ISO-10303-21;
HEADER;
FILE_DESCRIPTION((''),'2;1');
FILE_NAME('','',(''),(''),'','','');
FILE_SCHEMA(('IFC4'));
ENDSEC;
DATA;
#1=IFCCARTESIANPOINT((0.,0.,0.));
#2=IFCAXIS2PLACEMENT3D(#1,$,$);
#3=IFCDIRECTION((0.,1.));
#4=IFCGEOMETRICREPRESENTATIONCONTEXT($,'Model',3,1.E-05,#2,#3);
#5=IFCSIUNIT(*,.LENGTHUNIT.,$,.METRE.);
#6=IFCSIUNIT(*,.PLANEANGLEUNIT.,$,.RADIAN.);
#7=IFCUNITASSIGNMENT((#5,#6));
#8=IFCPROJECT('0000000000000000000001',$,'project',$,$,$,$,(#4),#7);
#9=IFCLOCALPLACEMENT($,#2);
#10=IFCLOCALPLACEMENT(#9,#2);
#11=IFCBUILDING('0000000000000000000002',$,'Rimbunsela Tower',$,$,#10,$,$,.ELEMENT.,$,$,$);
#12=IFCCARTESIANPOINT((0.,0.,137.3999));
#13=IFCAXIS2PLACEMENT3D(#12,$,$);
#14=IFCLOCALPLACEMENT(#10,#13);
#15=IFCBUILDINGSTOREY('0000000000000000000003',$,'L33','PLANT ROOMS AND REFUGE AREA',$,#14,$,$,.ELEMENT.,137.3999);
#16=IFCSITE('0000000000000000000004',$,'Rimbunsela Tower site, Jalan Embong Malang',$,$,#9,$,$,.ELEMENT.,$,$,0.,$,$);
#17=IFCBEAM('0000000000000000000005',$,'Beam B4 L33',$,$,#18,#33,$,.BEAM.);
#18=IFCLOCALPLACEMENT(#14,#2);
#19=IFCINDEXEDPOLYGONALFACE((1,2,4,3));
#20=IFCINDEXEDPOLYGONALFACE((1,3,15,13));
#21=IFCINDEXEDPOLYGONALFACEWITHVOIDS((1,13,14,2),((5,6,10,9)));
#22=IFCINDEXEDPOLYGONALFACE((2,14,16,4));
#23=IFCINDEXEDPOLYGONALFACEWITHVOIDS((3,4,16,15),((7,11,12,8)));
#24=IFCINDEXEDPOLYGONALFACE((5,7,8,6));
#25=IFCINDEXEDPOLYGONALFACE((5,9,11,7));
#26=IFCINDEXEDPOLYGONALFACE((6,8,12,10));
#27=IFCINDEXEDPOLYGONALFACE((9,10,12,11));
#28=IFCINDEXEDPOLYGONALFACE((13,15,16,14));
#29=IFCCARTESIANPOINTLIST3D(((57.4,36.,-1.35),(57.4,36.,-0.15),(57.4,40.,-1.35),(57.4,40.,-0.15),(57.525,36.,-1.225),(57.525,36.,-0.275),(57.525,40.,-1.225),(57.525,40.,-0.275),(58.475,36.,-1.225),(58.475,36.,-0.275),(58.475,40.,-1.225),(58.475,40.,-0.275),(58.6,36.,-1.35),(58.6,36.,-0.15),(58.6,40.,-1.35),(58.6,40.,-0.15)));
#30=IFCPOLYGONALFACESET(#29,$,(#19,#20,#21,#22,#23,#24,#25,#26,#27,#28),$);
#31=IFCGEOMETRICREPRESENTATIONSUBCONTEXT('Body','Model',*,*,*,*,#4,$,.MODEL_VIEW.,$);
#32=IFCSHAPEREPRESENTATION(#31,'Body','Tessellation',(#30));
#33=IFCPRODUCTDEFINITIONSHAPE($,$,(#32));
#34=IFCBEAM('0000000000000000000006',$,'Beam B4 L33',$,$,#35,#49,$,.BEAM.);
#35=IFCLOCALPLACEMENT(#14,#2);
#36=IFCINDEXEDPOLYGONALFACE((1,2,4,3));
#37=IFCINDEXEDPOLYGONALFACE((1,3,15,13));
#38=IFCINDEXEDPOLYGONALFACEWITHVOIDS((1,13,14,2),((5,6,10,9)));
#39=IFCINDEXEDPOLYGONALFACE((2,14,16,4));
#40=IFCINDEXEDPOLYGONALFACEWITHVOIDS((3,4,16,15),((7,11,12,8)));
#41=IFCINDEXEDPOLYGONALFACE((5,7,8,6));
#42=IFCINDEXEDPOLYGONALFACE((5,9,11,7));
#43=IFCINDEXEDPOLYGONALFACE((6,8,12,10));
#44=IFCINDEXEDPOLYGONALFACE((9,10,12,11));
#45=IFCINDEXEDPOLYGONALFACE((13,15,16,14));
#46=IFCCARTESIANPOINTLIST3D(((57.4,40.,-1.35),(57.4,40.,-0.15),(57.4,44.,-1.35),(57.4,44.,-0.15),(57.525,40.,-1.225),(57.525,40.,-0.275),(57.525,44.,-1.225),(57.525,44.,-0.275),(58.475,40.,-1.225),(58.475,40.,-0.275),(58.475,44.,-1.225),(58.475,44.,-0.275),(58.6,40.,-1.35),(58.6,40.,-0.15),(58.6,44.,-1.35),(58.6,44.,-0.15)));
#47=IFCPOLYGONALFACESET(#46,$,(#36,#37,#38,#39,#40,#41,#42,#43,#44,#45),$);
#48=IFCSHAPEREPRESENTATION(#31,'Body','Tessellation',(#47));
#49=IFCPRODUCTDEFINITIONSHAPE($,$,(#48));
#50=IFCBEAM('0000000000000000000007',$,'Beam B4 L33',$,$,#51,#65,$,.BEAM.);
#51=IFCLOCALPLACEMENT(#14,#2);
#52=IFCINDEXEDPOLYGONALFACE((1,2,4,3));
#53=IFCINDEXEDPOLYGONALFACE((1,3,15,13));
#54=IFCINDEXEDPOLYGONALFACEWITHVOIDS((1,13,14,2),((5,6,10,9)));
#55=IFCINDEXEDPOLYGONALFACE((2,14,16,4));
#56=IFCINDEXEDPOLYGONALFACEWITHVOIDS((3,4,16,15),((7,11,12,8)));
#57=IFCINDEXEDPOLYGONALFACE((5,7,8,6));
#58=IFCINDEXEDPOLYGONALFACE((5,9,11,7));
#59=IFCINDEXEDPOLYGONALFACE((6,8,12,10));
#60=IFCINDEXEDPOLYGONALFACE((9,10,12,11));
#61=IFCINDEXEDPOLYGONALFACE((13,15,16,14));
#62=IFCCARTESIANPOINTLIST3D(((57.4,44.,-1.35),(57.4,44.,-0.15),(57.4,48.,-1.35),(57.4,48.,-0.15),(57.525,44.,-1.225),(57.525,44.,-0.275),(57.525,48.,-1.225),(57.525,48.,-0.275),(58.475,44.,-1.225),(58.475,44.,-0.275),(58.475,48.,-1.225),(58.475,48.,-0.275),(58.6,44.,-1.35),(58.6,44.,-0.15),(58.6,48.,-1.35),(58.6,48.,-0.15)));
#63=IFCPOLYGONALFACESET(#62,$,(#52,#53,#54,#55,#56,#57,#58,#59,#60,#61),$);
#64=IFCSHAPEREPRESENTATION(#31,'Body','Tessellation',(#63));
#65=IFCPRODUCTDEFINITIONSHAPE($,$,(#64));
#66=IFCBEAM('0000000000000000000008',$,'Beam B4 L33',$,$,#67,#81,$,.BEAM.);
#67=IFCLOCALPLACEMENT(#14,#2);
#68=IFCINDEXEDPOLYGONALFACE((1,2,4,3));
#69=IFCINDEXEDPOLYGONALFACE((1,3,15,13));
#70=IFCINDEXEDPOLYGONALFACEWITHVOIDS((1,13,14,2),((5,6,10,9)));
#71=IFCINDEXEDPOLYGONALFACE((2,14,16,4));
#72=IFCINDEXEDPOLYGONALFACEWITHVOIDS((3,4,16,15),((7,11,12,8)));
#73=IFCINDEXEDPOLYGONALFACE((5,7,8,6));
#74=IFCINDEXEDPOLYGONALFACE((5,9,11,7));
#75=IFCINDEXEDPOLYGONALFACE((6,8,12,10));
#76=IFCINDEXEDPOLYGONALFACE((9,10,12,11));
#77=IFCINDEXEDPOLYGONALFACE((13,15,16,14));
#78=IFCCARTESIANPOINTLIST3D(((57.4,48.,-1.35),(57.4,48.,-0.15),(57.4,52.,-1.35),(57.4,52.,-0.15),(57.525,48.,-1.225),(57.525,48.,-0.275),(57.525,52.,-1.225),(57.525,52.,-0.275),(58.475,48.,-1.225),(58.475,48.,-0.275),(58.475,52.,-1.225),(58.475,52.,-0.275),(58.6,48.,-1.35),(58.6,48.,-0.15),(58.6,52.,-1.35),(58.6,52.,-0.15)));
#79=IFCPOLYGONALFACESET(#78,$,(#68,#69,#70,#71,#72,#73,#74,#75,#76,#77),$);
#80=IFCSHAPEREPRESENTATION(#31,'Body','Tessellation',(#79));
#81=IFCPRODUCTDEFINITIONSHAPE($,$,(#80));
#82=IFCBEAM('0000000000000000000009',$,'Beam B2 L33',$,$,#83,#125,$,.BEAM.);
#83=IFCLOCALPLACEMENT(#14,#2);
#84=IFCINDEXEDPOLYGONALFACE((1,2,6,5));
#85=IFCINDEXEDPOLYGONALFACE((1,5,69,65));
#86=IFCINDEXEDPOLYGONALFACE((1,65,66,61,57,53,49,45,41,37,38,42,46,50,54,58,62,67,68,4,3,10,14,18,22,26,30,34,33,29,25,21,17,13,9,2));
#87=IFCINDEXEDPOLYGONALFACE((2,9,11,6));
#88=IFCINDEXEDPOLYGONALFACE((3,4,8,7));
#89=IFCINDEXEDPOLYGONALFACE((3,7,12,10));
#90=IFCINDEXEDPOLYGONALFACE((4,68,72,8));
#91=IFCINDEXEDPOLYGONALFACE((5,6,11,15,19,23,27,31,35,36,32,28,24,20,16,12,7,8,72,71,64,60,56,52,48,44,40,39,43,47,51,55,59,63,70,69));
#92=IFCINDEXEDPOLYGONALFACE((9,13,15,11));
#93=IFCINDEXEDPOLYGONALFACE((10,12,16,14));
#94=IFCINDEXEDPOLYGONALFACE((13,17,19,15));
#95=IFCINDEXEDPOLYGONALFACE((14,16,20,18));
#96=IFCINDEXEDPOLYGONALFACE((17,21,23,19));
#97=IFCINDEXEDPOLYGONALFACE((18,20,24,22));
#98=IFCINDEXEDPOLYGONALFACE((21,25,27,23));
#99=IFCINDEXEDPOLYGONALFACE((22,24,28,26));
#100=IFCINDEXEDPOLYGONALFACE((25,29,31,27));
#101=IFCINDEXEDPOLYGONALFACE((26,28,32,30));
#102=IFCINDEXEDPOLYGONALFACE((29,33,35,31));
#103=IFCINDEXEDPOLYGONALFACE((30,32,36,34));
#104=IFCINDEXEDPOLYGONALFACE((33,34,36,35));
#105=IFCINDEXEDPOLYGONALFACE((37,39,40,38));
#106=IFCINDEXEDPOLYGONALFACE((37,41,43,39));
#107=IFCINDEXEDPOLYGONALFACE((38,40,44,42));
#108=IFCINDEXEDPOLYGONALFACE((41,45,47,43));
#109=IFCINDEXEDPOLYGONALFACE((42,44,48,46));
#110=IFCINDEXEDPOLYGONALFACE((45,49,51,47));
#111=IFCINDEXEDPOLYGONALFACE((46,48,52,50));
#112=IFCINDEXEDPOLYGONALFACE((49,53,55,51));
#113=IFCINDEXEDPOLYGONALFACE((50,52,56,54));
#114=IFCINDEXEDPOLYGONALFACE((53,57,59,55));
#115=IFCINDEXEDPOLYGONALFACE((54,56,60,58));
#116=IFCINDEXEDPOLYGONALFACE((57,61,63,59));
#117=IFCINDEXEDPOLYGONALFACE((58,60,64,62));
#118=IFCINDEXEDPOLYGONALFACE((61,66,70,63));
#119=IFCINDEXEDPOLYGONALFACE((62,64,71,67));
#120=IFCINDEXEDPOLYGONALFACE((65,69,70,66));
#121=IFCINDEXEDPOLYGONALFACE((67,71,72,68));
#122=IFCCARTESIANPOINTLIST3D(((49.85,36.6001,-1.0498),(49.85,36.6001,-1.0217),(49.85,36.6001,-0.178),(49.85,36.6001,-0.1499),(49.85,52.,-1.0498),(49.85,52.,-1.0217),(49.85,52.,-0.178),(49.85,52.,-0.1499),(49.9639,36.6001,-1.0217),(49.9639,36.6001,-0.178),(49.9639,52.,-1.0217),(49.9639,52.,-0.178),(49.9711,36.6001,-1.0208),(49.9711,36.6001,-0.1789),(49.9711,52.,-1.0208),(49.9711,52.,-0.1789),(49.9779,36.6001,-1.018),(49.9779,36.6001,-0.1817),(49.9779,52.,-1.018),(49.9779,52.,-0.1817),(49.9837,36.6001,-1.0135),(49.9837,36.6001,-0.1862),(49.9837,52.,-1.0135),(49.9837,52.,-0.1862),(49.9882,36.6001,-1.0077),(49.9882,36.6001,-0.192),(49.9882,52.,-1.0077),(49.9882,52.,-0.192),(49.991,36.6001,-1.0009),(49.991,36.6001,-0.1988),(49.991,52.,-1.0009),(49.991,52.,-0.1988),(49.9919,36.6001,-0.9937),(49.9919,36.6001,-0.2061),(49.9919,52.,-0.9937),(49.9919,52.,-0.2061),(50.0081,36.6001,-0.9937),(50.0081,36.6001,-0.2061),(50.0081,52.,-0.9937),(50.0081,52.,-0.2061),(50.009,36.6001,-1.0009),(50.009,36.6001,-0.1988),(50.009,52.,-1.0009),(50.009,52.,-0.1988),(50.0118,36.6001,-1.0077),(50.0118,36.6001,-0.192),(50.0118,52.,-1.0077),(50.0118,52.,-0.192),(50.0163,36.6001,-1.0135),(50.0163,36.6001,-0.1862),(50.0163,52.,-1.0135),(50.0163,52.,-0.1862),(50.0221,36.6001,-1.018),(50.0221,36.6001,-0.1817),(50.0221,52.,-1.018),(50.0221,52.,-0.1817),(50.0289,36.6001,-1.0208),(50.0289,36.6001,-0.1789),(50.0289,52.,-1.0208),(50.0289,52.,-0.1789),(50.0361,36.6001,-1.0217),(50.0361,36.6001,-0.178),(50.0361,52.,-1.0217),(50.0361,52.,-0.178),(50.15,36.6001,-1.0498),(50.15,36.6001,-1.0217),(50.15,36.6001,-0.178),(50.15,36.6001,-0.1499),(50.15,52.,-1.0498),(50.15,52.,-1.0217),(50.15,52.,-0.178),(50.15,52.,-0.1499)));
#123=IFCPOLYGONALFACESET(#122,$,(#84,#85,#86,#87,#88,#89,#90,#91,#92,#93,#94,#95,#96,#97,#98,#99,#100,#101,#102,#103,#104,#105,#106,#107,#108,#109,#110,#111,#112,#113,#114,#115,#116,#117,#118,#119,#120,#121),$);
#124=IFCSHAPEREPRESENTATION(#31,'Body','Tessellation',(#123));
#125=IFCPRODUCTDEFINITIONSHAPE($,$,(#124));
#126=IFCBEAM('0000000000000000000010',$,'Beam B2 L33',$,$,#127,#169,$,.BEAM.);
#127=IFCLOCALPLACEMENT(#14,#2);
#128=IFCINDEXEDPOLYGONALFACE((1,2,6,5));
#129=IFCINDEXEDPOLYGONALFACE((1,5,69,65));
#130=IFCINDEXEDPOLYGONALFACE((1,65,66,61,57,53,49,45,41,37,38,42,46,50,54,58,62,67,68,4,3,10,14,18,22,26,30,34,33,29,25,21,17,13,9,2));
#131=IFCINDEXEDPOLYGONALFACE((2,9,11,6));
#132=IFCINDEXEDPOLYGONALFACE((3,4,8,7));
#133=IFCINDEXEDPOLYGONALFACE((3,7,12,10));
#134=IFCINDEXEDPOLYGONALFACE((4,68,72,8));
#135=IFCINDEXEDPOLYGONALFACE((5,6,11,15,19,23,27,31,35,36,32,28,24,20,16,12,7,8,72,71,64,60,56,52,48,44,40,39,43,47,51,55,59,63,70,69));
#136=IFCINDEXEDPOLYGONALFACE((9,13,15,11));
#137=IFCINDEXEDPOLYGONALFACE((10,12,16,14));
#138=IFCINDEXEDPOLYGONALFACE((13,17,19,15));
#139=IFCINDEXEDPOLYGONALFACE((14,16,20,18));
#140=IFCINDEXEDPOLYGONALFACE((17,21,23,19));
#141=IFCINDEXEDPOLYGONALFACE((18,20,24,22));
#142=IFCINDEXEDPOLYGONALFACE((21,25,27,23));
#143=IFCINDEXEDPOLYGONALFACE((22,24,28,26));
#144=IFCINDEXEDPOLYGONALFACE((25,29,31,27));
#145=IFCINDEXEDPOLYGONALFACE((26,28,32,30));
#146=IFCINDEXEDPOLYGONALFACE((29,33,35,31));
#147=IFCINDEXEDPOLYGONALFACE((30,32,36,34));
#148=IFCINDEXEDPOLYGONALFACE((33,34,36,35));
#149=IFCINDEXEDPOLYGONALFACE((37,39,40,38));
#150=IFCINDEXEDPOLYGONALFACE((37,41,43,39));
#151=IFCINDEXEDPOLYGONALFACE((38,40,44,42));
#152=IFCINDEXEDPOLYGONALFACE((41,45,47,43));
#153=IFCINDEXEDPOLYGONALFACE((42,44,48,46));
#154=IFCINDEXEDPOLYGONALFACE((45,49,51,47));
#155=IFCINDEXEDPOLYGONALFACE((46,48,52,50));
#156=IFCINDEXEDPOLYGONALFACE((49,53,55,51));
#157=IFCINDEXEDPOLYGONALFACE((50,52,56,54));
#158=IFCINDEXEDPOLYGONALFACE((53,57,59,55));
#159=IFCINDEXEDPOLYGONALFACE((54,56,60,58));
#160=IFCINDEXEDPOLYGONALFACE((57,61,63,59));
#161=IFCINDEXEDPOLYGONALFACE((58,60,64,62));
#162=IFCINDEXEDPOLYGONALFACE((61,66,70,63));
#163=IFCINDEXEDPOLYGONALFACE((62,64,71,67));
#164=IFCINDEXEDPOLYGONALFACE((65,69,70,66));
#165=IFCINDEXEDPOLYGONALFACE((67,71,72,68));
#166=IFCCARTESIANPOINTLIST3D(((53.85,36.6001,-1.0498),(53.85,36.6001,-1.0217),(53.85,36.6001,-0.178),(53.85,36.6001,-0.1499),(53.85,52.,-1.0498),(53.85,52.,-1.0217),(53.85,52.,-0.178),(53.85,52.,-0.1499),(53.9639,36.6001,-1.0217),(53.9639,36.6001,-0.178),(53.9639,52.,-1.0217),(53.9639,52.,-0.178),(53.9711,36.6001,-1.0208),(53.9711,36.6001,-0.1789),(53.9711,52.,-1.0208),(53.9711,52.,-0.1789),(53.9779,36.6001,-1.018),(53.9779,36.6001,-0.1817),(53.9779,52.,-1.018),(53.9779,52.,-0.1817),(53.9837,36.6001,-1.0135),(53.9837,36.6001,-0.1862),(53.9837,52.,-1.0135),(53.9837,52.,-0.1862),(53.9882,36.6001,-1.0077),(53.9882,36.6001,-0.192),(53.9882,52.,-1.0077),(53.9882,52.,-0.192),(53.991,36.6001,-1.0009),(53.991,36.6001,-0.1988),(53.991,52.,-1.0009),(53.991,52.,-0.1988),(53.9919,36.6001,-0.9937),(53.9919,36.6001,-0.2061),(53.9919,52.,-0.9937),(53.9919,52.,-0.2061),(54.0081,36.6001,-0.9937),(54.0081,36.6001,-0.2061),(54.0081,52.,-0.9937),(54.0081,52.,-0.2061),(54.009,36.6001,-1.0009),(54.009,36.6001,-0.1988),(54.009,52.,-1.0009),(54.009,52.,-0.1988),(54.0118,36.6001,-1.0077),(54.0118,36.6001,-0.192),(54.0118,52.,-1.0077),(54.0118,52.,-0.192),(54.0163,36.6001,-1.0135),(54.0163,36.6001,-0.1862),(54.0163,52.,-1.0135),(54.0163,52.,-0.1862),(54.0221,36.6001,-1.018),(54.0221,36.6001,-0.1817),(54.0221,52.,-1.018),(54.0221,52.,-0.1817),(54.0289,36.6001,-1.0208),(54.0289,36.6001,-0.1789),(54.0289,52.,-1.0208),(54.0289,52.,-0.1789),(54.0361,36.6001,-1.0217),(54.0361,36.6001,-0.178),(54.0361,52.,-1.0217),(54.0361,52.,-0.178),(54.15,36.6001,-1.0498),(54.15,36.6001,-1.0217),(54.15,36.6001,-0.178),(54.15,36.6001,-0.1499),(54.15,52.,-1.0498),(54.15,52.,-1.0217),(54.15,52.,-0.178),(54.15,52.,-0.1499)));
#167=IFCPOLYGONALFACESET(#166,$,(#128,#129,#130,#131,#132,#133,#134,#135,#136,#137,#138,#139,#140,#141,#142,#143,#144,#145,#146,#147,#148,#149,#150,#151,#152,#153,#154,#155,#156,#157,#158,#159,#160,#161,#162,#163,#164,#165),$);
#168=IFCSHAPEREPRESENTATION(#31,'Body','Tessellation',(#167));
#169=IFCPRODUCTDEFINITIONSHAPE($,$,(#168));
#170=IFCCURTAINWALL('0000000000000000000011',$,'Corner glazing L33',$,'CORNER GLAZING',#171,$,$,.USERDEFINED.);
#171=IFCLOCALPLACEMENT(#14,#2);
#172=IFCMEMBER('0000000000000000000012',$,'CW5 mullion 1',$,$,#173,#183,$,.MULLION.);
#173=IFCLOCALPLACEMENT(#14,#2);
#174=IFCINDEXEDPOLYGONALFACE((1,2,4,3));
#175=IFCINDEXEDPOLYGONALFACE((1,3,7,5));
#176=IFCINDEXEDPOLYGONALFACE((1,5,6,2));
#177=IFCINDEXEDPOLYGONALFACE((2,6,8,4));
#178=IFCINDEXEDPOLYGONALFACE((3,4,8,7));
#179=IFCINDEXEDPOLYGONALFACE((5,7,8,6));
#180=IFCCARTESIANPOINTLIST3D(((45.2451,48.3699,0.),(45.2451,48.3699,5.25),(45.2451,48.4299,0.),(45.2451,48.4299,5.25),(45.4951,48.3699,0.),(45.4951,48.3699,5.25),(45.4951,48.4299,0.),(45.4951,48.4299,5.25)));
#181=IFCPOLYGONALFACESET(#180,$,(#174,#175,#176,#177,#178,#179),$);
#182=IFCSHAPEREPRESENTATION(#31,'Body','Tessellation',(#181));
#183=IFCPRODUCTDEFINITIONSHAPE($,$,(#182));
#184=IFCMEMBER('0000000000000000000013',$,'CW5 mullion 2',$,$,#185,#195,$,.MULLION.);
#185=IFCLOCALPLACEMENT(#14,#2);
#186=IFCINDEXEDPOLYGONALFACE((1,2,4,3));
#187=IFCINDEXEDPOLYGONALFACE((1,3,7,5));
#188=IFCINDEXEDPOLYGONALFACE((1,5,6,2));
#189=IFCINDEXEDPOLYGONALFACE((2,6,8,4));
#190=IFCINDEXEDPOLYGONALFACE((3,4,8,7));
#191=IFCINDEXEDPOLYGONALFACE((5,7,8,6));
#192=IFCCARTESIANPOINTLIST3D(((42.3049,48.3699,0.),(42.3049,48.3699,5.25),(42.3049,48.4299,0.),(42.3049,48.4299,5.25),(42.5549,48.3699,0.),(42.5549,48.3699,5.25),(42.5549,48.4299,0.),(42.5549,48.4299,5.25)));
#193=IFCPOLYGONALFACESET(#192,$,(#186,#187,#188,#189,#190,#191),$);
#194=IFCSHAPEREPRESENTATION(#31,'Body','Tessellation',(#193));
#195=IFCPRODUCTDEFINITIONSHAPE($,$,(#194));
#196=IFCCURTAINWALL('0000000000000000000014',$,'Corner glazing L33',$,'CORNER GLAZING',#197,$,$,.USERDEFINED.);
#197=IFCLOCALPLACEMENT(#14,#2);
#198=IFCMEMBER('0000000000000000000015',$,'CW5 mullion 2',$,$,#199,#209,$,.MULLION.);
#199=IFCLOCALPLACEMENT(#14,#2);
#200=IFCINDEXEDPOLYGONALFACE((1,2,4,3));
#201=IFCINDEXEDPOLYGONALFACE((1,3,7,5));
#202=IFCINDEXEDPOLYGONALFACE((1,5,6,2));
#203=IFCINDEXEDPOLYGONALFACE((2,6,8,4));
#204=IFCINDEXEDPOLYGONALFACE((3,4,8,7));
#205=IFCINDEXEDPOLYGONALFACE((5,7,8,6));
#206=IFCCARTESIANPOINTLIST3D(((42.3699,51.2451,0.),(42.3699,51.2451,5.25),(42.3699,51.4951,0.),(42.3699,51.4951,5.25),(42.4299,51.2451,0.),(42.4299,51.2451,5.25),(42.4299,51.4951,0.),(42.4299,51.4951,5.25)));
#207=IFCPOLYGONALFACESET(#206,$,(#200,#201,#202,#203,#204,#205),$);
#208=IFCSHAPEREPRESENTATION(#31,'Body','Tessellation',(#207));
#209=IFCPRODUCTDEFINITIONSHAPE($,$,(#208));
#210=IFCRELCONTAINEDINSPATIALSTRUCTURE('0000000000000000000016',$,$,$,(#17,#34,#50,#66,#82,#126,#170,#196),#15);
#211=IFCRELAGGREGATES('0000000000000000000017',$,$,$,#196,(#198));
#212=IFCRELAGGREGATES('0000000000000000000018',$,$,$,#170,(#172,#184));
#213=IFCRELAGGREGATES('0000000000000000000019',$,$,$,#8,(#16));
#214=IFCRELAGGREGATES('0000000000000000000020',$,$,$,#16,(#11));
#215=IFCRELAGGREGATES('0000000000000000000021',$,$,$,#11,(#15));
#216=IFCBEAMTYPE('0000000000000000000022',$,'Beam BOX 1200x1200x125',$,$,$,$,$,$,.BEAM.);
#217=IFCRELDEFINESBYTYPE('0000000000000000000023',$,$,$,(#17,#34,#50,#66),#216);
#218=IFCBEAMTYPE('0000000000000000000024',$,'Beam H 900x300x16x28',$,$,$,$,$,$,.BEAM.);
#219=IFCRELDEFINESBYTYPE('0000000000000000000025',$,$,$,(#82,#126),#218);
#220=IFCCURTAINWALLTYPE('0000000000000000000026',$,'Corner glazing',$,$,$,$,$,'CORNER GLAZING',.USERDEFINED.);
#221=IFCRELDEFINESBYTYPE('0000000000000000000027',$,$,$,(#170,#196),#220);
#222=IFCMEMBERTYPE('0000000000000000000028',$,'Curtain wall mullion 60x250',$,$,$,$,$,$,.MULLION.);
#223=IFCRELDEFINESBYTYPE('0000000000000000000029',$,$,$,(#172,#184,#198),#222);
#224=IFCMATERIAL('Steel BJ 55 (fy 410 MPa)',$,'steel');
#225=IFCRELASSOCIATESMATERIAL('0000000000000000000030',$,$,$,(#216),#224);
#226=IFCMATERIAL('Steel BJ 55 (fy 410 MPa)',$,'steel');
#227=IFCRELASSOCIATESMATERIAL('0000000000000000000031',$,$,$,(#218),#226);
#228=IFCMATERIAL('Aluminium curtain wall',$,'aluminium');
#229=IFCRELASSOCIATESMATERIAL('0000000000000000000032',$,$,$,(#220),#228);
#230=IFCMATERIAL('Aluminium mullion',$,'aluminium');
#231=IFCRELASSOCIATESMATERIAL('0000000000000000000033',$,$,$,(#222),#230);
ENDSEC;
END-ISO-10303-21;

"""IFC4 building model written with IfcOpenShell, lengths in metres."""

from ifc_helpers import new_model, si_unit, direction, frame, origin, origin_2d, place, context, subcontext, project, spatial, rectangle, hollow_rectangle, i_section, extrude, material, material_profile, profile_set, type_object, element, aggregate, save


model = new_model("IFC4")

# Units and contexts
model_context = context("Model", 3, precision=1e-05, world=origin(), true_north=direction((0.0, 1.0)))
body_context = subcontext(model_context, "Body", "Model", "MODEL_VIEW")
ifc_project = project(units=[si_unit("LENGTHUNIT", "METRE"), si_unit("PLANEANGLEUNIT", "RADIAN")], contexts=[model_context])

# Site, building, storey
site_placement = place(None, origin())
site = spatial("IfcSite", under=ifc_project, at=site_placement, Name="Rimbunsela Tower site, Jalan Embong Malang", CompositionType="ELEMENT", RefElevation=0.0)
building_placement = place(site_placement, origin())
building = spatial("IfcBuilding", under=site, at=building_placement, Name="Rimbunsela Tower", CompositionType="ELEMENT")
storey_placement = place(building_placement, frame((0.0, 0.0, 137.3999)))
storey = spatial("IfcBuildingStorey", under=building, at=storey_placement, Name="L33", Description="PLANT ROOMS AND REFUGE AREA", CompositionType="ELEMENT", Elevation=137.3999)

# Beams
ifc_material_1 = material(Name="Steel BJ 55 (fy 410 MPa)", Category="steel")
ifc_material_profile_1 = material_profile(ifc_material_1, hollow_rectangle(XDim=1.2, YDim=1.2, WallThickness=0.125, at=origin_2d()), Name="BOX 1200x1200x125")
ifc_profile_set_1 = profile_set([ifc_material_profile_1], Name="Steel BJ 55 (fy 410 MPa)")
beam_type_1 = type_object("IfcBeamType", Name="Beam BOX 1200x1200x125", PredefinedType="BEAM", material=ifc_profile_set_1)
for number, where, z_axis, x_axis, name in (
    (1, (58.0, 36.0, -0.75), (0.0, 1.0, 0.0), (-1.0, 0.0, 0.0), "Beam B4 L33"),
    (2, (58.0, 40.0, -0.75), (0.0, 1.0, 0.0), (-1.0, 0.0, 0.0), "Beam B4 L33"),
    (3, (58.0, 44.0, -0.75), (0.0, 1.0, 0.0), (-1.0, 0.0, 0.0), "Beam B4 L33"),
    (4, (58.0, 48.0, -0.75), (0.0, 1.0, 0.0), (-1.0, 0.0, 0.0), "Beam B4 L33"),
):
    element("IfcBeam", number, at=place(storey_placement, frame(where, z_axis=z_axis, x_axis=x_axis)), inside=storey, type_object=beam_type_1, Name=name, PredefinedType="BEAM", context=body_context, shape_type="SweptSolid", body=[
        extrude(hollow_rectangle(XDim=1.2, YDim=1.2, WallThickness=0.125, at=origin_2d()), origin(), (0.0, 0.0, 1.0), 4.0),
    ])
ifc_material_2 = material(Name="Steel BJ 55 (fy 410 MPa)", Category="steel")
ifc_material_profile_2 = material_profile(ifc_material_2, i_section(OverallWidth=0.3, OverallDepth=0.8999, WebThickness=0.0161, FlangeThickness=0.0281, FilletRadius=0.0281, at=origin_2d()), Name="H 900x300x16x28")
ifc_profile_set_2 = profile_set([ifc_material_profile_2], Name="Steel BJ 55 (fy 410 MPa)")
beam_type_2 = type_object("IfcBeamType", Name="Beam H 900x300x16x28", PredefinedType="BEAM", material=ifc_profile_set_2)
for number, where, z_axis, x_axis, name in (
    (5, (50.0, 36.6001, -0.5999), (0.0, 1.0, 0.0), (-1.0, 0.0, 0.0), "Beam B2 L33"),
    (6, (54.0, 36.6001, -0.5999), (0.0, 1.0, 0.0), (-1.0, 0.0, 0.0), "Beam B2 L33"),
):
    element("IfcBeam", number, at=place(storey_placement, frame(where, z_axis=z_axis, x_axis=x_axis)), inside=storey, type_object=beam_type_2, Name=name, PredefinedType="BEAM", context=body_context, shape_type="SweptSolid", body=[
        extrude(i_section(OverallWidth=0.3, OverallDepth=0.8999, WebThickness=0.0161, FlangeThickness=0.0281, FilletRadius=0.0281, at=origin_2d()), origin(), (0.0, 0.0, 1.0), 15.3999),
    ])

# Curtain wall, members
ifc_material_3 = material(Name="Aluminium curtain wall", Category="aluminium")
curtain_wall_type = type_object("IfcCurtainWallType", Name="Corner glazing", ElementType="CORNER GLAZING", PredefinedType="USERDEFINED", material=ifc_material_3)
curtain_wall_1_placement = place(storey_placement, origin())
curtain_wall_1 = element("IfcCurtainWall", 7, at=curtain_wall_1_placement, inside=storey, type_object=curtain_wall_type, Name="Corner glazing L33", ObjectType="CORNER GLAZING", PredefinedType="USERDEFINED")
ifc_material_4 = material(Name="Aluminium mullion", Category="aluminium")
ifc_material_profile_3 = material_profile(ifc_material_4, rectangle(XDim=0.0601, YDim=0.25, at=origin_2d()), Name="Mullion 60x250")
ifc_profile_set_3 = profile_set([ifc_material_profile_3], Name="Aluminium mullion")
member_type_1 = type_object("IfcMemberType", Name="Curtain wall mullion 60x250", PredefinedType="MULLION", material=ifc_profile_set_3)
member_1_placement = place(storey_placement, frame((45.3701, 48.3999, 0.0), z_axis=(0.0, 0.0, 1.0), x_axis=(0.0, -1.0, 0.0)))
member_1 = element("IfcMember", 8, at=member_1_placement, type_object=member_type_1, Name="CW5 mullion 1", PredefinedType="MULLION", context=body_context, shape_type="SweptSolid", body=[
    extrude(rectangle(XDim=0.0601, YDim=0.25, at=origin_2d()), origin(), (0.0, 0.0, 1.0), 5.25),
])
member_2_placement = place(storey_placement, frame((42.4299, 48.3999, 0.0), z_axis=(0.0, 0.0, 1.0), x_axis=(0.0, -1.0, 0.0)))
member_2 = element("IfcMember", 9, at=member_2_placement, type_object=member_type_1, Name="CW5 mullion 2", PredefinedType="MULLION", context=body_context, shape_type="SweptSolid", body=[
    extrude(rectangle(XDim=0.0601, YDim=0.25, at=origin_2d()), origin(), (0.0, 0.0, 1.0), 5.25),
])

# Curtain wall, member
curtain_wall_2_placement = place(storey_placement, origin())
curtain_wall_2 = element("IfcCurtainWall", 10, at=curtain_wall_2_placement, inside=storey, type_object=curtain_wall_type, Name="Corner glazing L33", ObjectType="CORNER GLAZING", PredefinedType="USERDEFINED")
member_3_placement = place(storey_placement, frame((42.3999, 51.3701, 0.0), z_axis=(0.0, 0.0, 1.0), x_axis=(-1.0, 0.0, 0.0)))
member_3 = element("IfcMember", 11, at=member_3_placement, type_object=member_type_1, Name="CW5 mullion 2", PredefinedType="MULLION", context=body_context, shape_type="SweptSolid", body=[
    extrude(rectangle(XDim=0.0601, YDim=0.25, at=origin_2d()), origin(), (0.0, 0.0, 1.0), 5.25),
])
aggregate(curtain_wall_2, [member_3])

aggregate(curtain_wall_1, [member_1, member_2])

save(model, "model.ifc")
